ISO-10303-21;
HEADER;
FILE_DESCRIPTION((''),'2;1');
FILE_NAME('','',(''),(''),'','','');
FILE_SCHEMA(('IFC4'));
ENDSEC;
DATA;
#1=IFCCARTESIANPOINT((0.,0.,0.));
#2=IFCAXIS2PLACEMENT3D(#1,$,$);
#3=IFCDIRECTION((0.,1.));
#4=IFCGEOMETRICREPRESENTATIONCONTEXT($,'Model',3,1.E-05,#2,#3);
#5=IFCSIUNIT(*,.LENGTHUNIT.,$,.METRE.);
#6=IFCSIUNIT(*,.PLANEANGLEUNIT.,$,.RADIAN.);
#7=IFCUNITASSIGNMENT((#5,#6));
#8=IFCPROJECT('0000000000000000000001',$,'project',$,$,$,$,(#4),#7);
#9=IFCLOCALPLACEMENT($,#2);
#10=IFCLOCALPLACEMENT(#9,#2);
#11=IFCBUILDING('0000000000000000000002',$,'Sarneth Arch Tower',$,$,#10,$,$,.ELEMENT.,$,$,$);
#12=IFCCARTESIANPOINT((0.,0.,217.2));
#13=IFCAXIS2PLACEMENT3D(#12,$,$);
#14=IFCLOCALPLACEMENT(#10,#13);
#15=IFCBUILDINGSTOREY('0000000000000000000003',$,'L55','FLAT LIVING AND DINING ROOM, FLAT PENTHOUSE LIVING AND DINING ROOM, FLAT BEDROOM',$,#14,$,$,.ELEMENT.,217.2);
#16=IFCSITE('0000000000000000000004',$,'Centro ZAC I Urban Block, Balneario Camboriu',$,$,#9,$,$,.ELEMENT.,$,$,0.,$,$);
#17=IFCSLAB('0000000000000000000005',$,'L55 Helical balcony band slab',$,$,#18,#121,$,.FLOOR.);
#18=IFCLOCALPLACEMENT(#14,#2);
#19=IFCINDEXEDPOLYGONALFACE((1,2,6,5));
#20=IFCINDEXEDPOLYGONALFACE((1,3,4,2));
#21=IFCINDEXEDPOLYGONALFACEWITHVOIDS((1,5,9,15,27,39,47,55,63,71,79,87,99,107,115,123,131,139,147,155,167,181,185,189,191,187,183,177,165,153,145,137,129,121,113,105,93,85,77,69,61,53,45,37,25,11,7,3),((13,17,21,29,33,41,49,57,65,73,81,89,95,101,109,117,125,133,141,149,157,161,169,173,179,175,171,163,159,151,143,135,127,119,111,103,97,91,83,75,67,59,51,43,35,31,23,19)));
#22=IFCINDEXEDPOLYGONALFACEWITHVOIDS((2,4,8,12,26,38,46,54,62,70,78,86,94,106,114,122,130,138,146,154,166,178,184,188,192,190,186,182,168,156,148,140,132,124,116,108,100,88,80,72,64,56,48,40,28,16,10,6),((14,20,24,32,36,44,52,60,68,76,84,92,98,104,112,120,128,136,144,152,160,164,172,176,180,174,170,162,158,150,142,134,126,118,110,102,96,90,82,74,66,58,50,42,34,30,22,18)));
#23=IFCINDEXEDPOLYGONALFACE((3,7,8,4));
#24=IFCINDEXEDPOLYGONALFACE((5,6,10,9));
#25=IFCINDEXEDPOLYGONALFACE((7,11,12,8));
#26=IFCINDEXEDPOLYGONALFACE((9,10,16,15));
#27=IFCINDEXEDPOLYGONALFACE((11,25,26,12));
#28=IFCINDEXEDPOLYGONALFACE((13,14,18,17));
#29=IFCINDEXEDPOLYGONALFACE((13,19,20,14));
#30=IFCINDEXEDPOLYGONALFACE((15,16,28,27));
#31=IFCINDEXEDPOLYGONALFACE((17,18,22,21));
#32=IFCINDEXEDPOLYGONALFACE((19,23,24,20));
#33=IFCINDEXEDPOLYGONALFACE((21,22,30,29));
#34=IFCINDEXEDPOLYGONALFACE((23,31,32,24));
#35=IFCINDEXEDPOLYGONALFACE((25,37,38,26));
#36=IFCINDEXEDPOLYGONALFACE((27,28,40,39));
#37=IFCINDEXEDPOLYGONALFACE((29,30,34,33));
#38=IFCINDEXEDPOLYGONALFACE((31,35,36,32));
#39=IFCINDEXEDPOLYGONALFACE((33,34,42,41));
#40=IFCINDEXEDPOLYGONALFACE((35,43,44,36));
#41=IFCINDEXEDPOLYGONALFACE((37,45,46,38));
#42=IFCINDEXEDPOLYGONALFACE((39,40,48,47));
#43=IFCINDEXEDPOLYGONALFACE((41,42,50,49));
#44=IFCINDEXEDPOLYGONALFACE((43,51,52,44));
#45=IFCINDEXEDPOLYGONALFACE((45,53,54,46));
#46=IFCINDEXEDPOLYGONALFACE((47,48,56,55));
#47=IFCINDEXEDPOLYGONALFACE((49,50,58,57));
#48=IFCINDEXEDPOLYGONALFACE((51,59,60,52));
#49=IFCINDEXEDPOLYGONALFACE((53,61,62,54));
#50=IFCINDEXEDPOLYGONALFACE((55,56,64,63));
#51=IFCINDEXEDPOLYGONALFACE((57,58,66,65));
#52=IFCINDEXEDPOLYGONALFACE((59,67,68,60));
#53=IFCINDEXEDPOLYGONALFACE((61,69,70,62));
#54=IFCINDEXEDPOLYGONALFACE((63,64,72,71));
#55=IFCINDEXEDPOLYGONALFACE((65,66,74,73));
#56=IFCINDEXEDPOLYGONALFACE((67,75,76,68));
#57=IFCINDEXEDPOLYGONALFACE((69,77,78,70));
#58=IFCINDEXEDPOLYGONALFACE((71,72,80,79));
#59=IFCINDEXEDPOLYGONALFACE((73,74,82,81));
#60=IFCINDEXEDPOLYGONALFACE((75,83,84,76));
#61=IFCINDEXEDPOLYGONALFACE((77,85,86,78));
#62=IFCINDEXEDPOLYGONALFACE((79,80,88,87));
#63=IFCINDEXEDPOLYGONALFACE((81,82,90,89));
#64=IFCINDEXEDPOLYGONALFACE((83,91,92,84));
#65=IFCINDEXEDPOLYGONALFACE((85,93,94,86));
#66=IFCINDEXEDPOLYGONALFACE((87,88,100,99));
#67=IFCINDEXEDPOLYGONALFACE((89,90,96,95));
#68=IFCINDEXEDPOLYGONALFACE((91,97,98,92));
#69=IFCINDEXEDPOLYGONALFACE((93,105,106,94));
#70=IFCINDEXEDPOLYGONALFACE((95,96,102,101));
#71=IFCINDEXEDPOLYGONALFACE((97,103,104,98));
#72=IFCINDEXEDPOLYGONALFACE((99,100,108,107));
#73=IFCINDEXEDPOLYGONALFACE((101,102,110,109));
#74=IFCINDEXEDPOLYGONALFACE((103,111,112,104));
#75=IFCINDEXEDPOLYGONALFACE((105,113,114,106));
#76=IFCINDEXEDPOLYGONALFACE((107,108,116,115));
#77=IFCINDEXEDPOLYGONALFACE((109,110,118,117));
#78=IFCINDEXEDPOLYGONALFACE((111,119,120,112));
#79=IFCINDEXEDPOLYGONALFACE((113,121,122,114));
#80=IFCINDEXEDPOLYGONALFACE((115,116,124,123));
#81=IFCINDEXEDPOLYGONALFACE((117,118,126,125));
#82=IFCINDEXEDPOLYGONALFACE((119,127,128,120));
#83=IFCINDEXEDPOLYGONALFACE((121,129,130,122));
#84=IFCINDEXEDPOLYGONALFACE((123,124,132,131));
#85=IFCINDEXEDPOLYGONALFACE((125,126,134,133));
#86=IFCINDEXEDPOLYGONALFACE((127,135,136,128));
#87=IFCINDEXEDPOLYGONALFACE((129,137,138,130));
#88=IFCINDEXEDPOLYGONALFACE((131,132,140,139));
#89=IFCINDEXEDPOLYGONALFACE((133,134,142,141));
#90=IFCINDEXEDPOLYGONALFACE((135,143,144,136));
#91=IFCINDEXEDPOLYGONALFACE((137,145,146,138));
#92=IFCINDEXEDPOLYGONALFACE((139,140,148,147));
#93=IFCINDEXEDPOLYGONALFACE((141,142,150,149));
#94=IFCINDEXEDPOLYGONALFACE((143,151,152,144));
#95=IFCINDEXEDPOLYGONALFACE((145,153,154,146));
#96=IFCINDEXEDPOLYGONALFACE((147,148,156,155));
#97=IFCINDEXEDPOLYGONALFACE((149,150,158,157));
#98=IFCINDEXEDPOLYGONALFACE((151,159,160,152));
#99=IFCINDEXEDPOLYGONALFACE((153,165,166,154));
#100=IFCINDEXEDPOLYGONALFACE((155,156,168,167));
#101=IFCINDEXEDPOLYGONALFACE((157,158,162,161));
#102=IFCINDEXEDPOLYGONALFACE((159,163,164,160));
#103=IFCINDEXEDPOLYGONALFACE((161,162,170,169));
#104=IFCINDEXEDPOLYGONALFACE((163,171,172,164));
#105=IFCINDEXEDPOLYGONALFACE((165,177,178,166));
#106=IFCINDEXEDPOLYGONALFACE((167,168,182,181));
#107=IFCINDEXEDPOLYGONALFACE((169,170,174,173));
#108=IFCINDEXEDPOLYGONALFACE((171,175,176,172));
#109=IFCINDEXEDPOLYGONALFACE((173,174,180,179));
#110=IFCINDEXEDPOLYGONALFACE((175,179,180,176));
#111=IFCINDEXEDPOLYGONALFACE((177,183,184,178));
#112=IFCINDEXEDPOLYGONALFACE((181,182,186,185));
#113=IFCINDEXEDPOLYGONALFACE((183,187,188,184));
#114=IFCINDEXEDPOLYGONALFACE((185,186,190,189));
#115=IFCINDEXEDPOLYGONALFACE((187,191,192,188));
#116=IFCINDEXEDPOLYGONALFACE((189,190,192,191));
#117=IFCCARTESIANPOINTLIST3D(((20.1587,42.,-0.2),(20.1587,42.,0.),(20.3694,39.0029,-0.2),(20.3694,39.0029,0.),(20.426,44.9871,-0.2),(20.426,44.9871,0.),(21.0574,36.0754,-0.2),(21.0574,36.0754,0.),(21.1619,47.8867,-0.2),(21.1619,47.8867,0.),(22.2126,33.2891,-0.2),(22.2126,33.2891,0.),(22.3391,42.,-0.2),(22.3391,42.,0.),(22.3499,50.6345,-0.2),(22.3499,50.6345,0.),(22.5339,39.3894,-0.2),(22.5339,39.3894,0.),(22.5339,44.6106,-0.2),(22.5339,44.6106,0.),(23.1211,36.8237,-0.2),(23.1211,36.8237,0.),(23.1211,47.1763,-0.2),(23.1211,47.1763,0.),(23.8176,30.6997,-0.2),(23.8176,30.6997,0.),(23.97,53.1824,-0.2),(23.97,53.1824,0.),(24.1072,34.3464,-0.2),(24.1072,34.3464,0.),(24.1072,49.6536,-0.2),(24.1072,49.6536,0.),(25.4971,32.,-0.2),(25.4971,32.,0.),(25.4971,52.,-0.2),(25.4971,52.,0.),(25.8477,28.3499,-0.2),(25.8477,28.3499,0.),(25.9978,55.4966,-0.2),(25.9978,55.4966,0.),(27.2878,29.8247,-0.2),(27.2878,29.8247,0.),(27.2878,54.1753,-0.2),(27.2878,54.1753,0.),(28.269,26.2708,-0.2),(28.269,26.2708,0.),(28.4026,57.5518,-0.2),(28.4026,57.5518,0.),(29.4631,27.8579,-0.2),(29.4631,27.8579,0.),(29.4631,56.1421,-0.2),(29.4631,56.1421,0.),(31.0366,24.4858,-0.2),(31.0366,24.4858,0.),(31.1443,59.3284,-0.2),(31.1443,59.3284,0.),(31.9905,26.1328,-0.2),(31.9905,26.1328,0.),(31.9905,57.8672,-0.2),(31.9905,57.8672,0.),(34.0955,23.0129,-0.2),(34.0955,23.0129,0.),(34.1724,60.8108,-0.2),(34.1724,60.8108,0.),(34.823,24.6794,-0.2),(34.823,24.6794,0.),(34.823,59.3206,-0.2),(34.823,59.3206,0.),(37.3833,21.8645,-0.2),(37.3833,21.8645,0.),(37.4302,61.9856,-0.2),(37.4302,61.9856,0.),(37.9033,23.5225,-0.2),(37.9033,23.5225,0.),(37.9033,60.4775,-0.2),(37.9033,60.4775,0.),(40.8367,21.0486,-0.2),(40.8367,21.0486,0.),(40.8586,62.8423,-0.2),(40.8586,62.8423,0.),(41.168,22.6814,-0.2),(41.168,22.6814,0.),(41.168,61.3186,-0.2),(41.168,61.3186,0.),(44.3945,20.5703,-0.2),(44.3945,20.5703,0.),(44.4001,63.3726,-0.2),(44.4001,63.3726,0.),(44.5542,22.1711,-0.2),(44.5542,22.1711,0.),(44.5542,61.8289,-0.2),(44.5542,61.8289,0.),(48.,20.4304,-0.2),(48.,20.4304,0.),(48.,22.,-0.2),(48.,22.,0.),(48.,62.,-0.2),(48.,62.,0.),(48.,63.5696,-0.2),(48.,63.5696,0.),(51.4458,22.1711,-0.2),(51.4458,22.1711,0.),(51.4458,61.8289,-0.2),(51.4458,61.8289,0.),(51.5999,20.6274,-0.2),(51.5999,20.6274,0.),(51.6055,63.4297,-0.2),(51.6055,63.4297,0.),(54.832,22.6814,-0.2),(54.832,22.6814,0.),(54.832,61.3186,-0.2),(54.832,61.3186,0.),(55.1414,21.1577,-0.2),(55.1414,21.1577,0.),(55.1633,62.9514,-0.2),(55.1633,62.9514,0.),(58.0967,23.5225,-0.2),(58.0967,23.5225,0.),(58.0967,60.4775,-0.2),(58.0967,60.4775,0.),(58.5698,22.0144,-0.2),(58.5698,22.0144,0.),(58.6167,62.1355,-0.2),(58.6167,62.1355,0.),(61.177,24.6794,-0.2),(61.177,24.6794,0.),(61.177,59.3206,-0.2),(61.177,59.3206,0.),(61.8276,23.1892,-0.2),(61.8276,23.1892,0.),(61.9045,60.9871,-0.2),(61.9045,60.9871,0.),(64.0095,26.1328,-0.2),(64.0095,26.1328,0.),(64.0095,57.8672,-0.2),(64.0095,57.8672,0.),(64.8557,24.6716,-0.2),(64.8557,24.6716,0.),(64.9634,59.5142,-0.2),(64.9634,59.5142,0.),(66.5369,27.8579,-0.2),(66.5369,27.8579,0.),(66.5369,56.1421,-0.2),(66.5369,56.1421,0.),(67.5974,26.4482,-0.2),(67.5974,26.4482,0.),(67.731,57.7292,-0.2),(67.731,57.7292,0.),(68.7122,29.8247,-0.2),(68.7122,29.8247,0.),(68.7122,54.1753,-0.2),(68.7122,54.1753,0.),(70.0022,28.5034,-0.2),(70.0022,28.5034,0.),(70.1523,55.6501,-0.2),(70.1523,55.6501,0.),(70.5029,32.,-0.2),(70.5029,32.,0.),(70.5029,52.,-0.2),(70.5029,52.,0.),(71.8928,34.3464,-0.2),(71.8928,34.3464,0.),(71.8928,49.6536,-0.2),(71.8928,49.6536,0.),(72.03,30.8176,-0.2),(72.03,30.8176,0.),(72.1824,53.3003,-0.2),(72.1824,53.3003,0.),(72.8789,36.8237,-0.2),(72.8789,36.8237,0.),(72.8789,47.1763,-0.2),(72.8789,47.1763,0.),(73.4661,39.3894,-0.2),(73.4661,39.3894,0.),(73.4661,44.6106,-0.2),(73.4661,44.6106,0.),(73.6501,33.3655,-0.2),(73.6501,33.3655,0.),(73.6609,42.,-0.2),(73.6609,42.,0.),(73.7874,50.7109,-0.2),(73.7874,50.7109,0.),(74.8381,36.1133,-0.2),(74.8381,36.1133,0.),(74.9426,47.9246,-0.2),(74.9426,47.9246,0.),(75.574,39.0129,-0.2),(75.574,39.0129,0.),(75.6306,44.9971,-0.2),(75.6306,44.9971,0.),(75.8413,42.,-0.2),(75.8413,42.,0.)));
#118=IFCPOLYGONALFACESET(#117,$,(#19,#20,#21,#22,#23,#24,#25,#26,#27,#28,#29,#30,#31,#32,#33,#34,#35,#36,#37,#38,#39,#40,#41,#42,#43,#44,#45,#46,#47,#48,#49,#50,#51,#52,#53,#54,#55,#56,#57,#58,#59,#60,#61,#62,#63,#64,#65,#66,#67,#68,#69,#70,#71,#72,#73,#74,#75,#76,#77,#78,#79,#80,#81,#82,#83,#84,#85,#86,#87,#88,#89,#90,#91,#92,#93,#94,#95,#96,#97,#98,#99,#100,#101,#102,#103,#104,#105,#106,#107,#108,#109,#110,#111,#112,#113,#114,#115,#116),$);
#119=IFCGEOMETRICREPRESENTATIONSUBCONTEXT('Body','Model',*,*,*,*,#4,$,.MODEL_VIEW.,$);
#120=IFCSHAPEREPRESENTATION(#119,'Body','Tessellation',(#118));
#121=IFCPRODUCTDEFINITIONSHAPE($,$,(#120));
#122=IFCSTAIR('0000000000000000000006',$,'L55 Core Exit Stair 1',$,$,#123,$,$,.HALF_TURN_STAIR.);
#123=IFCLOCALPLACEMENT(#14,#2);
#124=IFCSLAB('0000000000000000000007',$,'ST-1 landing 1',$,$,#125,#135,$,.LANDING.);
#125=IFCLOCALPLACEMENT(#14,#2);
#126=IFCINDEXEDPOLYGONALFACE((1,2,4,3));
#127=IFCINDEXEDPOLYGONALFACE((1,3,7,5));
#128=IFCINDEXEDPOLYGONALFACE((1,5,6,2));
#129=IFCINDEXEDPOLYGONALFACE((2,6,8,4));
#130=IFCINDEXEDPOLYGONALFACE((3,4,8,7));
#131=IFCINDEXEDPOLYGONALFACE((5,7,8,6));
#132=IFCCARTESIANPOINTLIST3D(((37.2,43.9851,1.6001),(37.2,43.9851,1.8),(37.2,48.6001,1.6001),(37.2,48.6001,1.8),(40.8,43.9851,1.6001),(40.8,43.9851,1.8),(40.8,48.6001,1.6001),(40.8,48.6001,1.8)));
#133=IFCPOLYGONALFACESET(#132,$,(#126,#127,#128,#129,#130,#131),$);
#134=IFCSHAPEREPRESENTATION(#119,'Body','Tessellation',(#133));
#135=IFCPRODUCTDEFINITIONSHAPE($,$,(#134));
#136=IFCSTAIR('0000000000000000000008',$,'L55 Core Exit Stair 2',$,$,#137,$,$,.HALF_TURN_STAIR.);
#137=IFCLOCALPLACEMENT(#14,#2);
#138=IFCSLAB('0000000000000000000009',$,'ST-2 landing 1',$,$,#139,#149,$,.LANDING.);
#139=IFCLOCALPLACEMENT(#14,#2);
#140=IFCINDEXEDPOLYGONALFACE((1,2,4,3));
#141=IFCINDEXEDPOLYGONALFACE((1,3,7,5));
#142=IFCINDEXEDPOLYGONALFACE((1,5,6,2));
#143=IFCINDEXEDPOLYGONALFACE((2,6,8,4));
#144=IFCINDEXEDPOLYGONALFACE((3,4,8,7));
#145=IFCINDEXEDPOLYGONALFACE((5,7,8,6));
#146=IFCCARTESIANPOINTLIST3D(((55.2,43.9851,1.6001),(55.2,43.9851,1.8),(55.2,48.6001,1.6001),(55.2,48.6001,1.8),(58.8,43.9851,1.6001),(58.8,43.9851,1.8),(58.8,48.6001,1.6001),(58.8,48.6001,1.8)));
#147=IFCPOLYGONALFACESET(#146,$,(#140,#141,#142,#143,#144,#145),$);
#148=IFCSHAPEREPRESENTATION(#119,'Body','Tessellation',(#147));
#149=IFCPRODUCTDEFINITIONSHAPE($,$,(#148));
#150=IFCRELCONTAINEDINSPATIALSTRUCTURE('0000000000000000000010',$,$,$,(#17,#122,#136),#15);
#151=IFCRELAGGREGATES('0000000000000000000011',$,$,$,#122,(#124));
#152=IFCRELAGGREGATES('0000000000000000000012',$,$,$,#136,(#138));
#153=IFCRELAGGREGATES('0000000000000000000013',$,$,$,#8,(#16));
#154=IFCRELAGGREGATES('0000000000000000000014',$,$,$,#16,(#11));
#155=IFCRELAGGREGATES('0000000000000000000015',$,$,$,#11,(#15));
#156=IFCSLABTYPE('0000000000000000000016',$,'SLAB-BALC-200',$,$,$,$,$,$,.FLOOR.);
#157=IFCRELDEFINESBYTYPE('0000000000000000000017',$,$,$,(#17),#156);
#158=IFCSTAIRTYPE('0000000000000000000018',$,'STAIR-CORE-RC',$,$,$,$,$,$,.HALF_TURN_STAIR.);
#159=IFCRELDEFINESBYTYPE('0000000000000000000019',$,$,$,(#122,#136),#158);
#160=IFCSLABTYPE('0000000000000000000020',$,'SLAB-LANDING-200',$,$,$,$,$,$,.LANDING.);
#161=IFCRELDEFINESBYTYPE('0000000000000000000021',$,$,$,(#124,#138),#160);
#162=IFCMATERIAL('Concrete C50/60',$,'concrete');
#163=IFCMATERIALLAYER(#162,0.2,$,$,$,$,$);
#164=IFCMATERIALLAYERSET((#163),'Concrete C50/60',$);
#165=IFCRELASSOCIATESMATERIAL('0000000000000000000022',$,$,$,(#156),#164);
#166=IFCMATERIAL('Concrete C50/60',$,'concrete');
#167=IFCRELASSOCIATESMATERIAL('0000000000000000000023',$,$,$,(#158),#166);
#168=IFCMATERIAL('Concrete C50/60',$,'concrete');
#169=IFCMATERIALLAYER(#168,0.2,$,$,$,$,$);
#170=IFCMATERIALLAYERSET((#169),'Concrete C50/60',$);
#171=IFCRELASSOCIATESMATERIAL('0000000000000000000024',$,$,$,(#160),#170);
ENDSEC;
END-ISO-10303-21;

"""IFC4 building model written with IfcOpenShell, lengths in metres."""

from ifc_helpers import new_model, si_unit, direction, frame, origin, place, context, subcontext, project, spatial, polyline, outline, extrude, material, layer, layer_set, type_object, element, aggregate, save


model = new_model("IFC4")

# Units and contexts
model_context = context("Model", 3, precision=1e-05, world=origin(), true_north=direction((0.0, 1.0)))
body_context = subcontext(model_context, "Body", "Model", "MODEL_VIEW")
ifc_project = project(units=[si_unit("LENGTHUNIT", "METRE"), si_unit("PLANEANGLEUNIT", "RADIAN")], contexts=[model_context])

# Site, building, storey
site_placement = place(None, origin())
site = spatial("IfcSite", under=ifc_project, at=site_placement, Name="Centro ZAC I Urban Block, Balneario Camboriu", CompositionType="ELEMENT", RefElevation=0.0)
building_placement = place(site_placement, origin())
building = spatial("IfcBuilding", under=site, at=building_placement, Name="Sarneth Arch Tower", CompositionType="ELEMENT")
storey_placement = place(building_placement, frame((0.0, 0.0, 217.2)))
storey = spatial("IfcBuildingStorey", under=building, at=storey_placement, Name="L55", Description="FLAT LIVING AND DINING ROOM, FLAT PENTHOUSE LIVING AND DINING ROOM, FLAT BEDROOM", CompositionType="ELEMENT", Elevation=217.2)

# Slab
ifc_material_1 = material(Name="Concrete C50/60", Category="concrete")
ifc_layer_1 = layer(ifc_material_1, 0.2)
ifc_layer_set_1 = layer_set([ifc_layer_1], Name="Concrete C50/60")
slab_type_1 = type_object("IfcSlabType", Name="SLAB-BALC-200", PredefinedType="FLOOR", material=ifc_layer_set_1)
slab_1_placement = place(storey_placement, frame((0.0, 0.0, -0.2)))
element("IfcSlab", 1, at=slab_1_placement, inside=storey, type_object=slab_type_1, Name="L55 Helical balcony band slab", PredefinedType="FLOOR", context=body_context, shape_type="SweptSolid", body=[
    extrude(outline(polyline([(75.8413, 42.0), (75.6306, 44.9971), (74.9426, 47.9246), (73.7874, 50.7109), (72.1824, 53.3003), (70.1523, 55.6501), (67.731, 57.7292), (64.9634, 59.5142), (61.9045, 60.9871), (58.6167, 62.1355), (55.1633, 62.9514), (51.6055, 63.4297), (48.0, 63.5696), (44.4001, 63.3726), (40.8586, 62.8423), (37.4302, 61.9856), (34.1724, 60.8108), (31.1443, 59.3284), (28.4026, 57.5518), (25.9978, 55.4966), (23.97, 53.1824), (22.3499, 50.6345), (21.1619, 47.8867), (20.426, 44.9871), (20.1587, 42.0), (20.3694, 39.0029), (21.0574, 36.0754), (22.2126, 33.2891), (23.8176, 30.6997), (25.8477, 28.3499), (28.269, 26.2708), (31.0366, 24.4858), (34.0955, 23.0129), (37.3833, 21.8645), (40.8367, 21.0486), (44.3945, 20.5703), (48.0, 20.4304), (51.5999, 20.6274), (55.1414, 21.1577), (58.5698, 22.0144), (61.8276, 23.1892), (64.8557, 24.6716), (67.5974, 26.4482), (70.0022, 28.5034), (72.03, 30.8176), (73.6501, 33.3655), (74.8381, 36.1133), (75.574, 39.0129), (75.8413, 42.0)]), holes=[polyline([(73.6609, 42.0), (73.4661, 44.6106), (72.8789, 47.1763), (71.8928, 49.6536), (70.5029, 52.0), (68.7122, 54.1753), (66.5369, 56.1421), (64.0095, 57.8672), (61.177, 59.3206), (58.0967, 60.4775), (54.832, 61.3186), (51.4458, 61.8289), (48.0, 62.0), (44.5542, 61.8289), (41.168, 61.3186), (37.9033, 60.4775), (34.823, 59.3206), (31.9905, 57.8672), (29.4631, 56.1421), (27.2878, 54.1753), (25.4971, 52.0), (24.1072, 49.6536), (23.1211, 47.1763), (22.5339, 44.6106), (22.3391, 42.0), (22.5339, 39.3894), (23.1211, 36.8237), (24.1072, 34.3464), (25.4971, 32.0), (27.2878, 29.8247), (29.4631, 27.8579), (31.9905, 26.1328), (34.823, 24.6794), (37.9033, 23.5225), (41.168, 22.6814), (44.5542, 22.1711), (48.0, 22.0), (51.4458, 22.1711), (54.832, 22.6814), (58.0967, 23.5225), (61.177, 24.6794), (64.0095, 26.1328), (66.5369, 27.8579), (68.7122, 29.8247), (70.5029, 32.0), (71.8928, 34.3464), (72.8789, 36.8237), (73.4661, 39.3894), (73.6609, 42.0)])]), origin(), (0.0, 0.0, 1.0), 0.2),
])

# Stairs, slabs
ifc_material_2 = material(Name="Concrete C50/60", Category="concrete")
stair_type = type_object("IfcStairType", Name="STAIR-CORE-RC", PredefinedType="HALF_TURN_STAIR", material=ifc_material_2)
stair_1_placement = place(storey_placement, origin())
stair_1 = element("IfcStair", 2, at=stair_1_placement, inside=storey, type_object=stair_type, Name="L55 Core Exit Stair 1", PredefinedType="HALF_TURN_STAIR")
ifc_material_3 = material(Name="Concrete C50/60", Category="concrete")
ifc_layer_2 = layer(ifc_material_3, 0.2)
ifc_layer_set_2 = layer_set([ifc_layer_2], Name="Concrete C50/60")
slab_type_2 = type_object("IfcSlabType", Name="SLAB-LANDING-200", PredefinedType="LANDING", material=ifc_layer_set_2)
slab_2_placement = place(storey_placement, frame((0.0, 0.0, 1.6001)))
slab_2 = element("IfcSlab", 3, at=slab_2_placement, type_object=slab_type_2, Name="ST-1 landing 1", PredefinedType="LANDING", context=body_context, shape_type="SweptSolid", body=[
    extrude(outline(polyline([(37.2, 43.9851), (40.8, 43.9851), (40.8, 48.6001), (37.2, 48.6001), (37.2, 43.9851)])), origin(), (0.0, 0.0, 1.0), 0.2),
])
aggregate(stair_1, [slab_2])
stair_2_placement = place(storey_placement, origin())
stair_2 = element("IfcStair", 4, at=stair_2_placement, inside=storey, type_object=stair_type, Name="L55 Core Exit Stair 2", PredefinedType="HALF_TURN_STAIR")
slab_3_placement = place(storey_placement, frame((0.0, 0.0, 1.6001)))
slab_3 = element("IfcSlab", 5, at=slab_3_placement, type_object=slab_type_2, Name="ST-2 landing 1", PredefinedType="LANDING", context=body_context, shape_type="SweptSolid", body=[
    extrude(outline(polyline([(55.2, 43.9851), (58.8, 43.9851), (58.8, 48.6001), (55.2, 48.6001), (55.2, 43.9851)])), origin(), (0.0, 0.0, 1.0), 0.2),
])
aggregate(stair_2, [slab_3])

save(model, "model.ifc")
